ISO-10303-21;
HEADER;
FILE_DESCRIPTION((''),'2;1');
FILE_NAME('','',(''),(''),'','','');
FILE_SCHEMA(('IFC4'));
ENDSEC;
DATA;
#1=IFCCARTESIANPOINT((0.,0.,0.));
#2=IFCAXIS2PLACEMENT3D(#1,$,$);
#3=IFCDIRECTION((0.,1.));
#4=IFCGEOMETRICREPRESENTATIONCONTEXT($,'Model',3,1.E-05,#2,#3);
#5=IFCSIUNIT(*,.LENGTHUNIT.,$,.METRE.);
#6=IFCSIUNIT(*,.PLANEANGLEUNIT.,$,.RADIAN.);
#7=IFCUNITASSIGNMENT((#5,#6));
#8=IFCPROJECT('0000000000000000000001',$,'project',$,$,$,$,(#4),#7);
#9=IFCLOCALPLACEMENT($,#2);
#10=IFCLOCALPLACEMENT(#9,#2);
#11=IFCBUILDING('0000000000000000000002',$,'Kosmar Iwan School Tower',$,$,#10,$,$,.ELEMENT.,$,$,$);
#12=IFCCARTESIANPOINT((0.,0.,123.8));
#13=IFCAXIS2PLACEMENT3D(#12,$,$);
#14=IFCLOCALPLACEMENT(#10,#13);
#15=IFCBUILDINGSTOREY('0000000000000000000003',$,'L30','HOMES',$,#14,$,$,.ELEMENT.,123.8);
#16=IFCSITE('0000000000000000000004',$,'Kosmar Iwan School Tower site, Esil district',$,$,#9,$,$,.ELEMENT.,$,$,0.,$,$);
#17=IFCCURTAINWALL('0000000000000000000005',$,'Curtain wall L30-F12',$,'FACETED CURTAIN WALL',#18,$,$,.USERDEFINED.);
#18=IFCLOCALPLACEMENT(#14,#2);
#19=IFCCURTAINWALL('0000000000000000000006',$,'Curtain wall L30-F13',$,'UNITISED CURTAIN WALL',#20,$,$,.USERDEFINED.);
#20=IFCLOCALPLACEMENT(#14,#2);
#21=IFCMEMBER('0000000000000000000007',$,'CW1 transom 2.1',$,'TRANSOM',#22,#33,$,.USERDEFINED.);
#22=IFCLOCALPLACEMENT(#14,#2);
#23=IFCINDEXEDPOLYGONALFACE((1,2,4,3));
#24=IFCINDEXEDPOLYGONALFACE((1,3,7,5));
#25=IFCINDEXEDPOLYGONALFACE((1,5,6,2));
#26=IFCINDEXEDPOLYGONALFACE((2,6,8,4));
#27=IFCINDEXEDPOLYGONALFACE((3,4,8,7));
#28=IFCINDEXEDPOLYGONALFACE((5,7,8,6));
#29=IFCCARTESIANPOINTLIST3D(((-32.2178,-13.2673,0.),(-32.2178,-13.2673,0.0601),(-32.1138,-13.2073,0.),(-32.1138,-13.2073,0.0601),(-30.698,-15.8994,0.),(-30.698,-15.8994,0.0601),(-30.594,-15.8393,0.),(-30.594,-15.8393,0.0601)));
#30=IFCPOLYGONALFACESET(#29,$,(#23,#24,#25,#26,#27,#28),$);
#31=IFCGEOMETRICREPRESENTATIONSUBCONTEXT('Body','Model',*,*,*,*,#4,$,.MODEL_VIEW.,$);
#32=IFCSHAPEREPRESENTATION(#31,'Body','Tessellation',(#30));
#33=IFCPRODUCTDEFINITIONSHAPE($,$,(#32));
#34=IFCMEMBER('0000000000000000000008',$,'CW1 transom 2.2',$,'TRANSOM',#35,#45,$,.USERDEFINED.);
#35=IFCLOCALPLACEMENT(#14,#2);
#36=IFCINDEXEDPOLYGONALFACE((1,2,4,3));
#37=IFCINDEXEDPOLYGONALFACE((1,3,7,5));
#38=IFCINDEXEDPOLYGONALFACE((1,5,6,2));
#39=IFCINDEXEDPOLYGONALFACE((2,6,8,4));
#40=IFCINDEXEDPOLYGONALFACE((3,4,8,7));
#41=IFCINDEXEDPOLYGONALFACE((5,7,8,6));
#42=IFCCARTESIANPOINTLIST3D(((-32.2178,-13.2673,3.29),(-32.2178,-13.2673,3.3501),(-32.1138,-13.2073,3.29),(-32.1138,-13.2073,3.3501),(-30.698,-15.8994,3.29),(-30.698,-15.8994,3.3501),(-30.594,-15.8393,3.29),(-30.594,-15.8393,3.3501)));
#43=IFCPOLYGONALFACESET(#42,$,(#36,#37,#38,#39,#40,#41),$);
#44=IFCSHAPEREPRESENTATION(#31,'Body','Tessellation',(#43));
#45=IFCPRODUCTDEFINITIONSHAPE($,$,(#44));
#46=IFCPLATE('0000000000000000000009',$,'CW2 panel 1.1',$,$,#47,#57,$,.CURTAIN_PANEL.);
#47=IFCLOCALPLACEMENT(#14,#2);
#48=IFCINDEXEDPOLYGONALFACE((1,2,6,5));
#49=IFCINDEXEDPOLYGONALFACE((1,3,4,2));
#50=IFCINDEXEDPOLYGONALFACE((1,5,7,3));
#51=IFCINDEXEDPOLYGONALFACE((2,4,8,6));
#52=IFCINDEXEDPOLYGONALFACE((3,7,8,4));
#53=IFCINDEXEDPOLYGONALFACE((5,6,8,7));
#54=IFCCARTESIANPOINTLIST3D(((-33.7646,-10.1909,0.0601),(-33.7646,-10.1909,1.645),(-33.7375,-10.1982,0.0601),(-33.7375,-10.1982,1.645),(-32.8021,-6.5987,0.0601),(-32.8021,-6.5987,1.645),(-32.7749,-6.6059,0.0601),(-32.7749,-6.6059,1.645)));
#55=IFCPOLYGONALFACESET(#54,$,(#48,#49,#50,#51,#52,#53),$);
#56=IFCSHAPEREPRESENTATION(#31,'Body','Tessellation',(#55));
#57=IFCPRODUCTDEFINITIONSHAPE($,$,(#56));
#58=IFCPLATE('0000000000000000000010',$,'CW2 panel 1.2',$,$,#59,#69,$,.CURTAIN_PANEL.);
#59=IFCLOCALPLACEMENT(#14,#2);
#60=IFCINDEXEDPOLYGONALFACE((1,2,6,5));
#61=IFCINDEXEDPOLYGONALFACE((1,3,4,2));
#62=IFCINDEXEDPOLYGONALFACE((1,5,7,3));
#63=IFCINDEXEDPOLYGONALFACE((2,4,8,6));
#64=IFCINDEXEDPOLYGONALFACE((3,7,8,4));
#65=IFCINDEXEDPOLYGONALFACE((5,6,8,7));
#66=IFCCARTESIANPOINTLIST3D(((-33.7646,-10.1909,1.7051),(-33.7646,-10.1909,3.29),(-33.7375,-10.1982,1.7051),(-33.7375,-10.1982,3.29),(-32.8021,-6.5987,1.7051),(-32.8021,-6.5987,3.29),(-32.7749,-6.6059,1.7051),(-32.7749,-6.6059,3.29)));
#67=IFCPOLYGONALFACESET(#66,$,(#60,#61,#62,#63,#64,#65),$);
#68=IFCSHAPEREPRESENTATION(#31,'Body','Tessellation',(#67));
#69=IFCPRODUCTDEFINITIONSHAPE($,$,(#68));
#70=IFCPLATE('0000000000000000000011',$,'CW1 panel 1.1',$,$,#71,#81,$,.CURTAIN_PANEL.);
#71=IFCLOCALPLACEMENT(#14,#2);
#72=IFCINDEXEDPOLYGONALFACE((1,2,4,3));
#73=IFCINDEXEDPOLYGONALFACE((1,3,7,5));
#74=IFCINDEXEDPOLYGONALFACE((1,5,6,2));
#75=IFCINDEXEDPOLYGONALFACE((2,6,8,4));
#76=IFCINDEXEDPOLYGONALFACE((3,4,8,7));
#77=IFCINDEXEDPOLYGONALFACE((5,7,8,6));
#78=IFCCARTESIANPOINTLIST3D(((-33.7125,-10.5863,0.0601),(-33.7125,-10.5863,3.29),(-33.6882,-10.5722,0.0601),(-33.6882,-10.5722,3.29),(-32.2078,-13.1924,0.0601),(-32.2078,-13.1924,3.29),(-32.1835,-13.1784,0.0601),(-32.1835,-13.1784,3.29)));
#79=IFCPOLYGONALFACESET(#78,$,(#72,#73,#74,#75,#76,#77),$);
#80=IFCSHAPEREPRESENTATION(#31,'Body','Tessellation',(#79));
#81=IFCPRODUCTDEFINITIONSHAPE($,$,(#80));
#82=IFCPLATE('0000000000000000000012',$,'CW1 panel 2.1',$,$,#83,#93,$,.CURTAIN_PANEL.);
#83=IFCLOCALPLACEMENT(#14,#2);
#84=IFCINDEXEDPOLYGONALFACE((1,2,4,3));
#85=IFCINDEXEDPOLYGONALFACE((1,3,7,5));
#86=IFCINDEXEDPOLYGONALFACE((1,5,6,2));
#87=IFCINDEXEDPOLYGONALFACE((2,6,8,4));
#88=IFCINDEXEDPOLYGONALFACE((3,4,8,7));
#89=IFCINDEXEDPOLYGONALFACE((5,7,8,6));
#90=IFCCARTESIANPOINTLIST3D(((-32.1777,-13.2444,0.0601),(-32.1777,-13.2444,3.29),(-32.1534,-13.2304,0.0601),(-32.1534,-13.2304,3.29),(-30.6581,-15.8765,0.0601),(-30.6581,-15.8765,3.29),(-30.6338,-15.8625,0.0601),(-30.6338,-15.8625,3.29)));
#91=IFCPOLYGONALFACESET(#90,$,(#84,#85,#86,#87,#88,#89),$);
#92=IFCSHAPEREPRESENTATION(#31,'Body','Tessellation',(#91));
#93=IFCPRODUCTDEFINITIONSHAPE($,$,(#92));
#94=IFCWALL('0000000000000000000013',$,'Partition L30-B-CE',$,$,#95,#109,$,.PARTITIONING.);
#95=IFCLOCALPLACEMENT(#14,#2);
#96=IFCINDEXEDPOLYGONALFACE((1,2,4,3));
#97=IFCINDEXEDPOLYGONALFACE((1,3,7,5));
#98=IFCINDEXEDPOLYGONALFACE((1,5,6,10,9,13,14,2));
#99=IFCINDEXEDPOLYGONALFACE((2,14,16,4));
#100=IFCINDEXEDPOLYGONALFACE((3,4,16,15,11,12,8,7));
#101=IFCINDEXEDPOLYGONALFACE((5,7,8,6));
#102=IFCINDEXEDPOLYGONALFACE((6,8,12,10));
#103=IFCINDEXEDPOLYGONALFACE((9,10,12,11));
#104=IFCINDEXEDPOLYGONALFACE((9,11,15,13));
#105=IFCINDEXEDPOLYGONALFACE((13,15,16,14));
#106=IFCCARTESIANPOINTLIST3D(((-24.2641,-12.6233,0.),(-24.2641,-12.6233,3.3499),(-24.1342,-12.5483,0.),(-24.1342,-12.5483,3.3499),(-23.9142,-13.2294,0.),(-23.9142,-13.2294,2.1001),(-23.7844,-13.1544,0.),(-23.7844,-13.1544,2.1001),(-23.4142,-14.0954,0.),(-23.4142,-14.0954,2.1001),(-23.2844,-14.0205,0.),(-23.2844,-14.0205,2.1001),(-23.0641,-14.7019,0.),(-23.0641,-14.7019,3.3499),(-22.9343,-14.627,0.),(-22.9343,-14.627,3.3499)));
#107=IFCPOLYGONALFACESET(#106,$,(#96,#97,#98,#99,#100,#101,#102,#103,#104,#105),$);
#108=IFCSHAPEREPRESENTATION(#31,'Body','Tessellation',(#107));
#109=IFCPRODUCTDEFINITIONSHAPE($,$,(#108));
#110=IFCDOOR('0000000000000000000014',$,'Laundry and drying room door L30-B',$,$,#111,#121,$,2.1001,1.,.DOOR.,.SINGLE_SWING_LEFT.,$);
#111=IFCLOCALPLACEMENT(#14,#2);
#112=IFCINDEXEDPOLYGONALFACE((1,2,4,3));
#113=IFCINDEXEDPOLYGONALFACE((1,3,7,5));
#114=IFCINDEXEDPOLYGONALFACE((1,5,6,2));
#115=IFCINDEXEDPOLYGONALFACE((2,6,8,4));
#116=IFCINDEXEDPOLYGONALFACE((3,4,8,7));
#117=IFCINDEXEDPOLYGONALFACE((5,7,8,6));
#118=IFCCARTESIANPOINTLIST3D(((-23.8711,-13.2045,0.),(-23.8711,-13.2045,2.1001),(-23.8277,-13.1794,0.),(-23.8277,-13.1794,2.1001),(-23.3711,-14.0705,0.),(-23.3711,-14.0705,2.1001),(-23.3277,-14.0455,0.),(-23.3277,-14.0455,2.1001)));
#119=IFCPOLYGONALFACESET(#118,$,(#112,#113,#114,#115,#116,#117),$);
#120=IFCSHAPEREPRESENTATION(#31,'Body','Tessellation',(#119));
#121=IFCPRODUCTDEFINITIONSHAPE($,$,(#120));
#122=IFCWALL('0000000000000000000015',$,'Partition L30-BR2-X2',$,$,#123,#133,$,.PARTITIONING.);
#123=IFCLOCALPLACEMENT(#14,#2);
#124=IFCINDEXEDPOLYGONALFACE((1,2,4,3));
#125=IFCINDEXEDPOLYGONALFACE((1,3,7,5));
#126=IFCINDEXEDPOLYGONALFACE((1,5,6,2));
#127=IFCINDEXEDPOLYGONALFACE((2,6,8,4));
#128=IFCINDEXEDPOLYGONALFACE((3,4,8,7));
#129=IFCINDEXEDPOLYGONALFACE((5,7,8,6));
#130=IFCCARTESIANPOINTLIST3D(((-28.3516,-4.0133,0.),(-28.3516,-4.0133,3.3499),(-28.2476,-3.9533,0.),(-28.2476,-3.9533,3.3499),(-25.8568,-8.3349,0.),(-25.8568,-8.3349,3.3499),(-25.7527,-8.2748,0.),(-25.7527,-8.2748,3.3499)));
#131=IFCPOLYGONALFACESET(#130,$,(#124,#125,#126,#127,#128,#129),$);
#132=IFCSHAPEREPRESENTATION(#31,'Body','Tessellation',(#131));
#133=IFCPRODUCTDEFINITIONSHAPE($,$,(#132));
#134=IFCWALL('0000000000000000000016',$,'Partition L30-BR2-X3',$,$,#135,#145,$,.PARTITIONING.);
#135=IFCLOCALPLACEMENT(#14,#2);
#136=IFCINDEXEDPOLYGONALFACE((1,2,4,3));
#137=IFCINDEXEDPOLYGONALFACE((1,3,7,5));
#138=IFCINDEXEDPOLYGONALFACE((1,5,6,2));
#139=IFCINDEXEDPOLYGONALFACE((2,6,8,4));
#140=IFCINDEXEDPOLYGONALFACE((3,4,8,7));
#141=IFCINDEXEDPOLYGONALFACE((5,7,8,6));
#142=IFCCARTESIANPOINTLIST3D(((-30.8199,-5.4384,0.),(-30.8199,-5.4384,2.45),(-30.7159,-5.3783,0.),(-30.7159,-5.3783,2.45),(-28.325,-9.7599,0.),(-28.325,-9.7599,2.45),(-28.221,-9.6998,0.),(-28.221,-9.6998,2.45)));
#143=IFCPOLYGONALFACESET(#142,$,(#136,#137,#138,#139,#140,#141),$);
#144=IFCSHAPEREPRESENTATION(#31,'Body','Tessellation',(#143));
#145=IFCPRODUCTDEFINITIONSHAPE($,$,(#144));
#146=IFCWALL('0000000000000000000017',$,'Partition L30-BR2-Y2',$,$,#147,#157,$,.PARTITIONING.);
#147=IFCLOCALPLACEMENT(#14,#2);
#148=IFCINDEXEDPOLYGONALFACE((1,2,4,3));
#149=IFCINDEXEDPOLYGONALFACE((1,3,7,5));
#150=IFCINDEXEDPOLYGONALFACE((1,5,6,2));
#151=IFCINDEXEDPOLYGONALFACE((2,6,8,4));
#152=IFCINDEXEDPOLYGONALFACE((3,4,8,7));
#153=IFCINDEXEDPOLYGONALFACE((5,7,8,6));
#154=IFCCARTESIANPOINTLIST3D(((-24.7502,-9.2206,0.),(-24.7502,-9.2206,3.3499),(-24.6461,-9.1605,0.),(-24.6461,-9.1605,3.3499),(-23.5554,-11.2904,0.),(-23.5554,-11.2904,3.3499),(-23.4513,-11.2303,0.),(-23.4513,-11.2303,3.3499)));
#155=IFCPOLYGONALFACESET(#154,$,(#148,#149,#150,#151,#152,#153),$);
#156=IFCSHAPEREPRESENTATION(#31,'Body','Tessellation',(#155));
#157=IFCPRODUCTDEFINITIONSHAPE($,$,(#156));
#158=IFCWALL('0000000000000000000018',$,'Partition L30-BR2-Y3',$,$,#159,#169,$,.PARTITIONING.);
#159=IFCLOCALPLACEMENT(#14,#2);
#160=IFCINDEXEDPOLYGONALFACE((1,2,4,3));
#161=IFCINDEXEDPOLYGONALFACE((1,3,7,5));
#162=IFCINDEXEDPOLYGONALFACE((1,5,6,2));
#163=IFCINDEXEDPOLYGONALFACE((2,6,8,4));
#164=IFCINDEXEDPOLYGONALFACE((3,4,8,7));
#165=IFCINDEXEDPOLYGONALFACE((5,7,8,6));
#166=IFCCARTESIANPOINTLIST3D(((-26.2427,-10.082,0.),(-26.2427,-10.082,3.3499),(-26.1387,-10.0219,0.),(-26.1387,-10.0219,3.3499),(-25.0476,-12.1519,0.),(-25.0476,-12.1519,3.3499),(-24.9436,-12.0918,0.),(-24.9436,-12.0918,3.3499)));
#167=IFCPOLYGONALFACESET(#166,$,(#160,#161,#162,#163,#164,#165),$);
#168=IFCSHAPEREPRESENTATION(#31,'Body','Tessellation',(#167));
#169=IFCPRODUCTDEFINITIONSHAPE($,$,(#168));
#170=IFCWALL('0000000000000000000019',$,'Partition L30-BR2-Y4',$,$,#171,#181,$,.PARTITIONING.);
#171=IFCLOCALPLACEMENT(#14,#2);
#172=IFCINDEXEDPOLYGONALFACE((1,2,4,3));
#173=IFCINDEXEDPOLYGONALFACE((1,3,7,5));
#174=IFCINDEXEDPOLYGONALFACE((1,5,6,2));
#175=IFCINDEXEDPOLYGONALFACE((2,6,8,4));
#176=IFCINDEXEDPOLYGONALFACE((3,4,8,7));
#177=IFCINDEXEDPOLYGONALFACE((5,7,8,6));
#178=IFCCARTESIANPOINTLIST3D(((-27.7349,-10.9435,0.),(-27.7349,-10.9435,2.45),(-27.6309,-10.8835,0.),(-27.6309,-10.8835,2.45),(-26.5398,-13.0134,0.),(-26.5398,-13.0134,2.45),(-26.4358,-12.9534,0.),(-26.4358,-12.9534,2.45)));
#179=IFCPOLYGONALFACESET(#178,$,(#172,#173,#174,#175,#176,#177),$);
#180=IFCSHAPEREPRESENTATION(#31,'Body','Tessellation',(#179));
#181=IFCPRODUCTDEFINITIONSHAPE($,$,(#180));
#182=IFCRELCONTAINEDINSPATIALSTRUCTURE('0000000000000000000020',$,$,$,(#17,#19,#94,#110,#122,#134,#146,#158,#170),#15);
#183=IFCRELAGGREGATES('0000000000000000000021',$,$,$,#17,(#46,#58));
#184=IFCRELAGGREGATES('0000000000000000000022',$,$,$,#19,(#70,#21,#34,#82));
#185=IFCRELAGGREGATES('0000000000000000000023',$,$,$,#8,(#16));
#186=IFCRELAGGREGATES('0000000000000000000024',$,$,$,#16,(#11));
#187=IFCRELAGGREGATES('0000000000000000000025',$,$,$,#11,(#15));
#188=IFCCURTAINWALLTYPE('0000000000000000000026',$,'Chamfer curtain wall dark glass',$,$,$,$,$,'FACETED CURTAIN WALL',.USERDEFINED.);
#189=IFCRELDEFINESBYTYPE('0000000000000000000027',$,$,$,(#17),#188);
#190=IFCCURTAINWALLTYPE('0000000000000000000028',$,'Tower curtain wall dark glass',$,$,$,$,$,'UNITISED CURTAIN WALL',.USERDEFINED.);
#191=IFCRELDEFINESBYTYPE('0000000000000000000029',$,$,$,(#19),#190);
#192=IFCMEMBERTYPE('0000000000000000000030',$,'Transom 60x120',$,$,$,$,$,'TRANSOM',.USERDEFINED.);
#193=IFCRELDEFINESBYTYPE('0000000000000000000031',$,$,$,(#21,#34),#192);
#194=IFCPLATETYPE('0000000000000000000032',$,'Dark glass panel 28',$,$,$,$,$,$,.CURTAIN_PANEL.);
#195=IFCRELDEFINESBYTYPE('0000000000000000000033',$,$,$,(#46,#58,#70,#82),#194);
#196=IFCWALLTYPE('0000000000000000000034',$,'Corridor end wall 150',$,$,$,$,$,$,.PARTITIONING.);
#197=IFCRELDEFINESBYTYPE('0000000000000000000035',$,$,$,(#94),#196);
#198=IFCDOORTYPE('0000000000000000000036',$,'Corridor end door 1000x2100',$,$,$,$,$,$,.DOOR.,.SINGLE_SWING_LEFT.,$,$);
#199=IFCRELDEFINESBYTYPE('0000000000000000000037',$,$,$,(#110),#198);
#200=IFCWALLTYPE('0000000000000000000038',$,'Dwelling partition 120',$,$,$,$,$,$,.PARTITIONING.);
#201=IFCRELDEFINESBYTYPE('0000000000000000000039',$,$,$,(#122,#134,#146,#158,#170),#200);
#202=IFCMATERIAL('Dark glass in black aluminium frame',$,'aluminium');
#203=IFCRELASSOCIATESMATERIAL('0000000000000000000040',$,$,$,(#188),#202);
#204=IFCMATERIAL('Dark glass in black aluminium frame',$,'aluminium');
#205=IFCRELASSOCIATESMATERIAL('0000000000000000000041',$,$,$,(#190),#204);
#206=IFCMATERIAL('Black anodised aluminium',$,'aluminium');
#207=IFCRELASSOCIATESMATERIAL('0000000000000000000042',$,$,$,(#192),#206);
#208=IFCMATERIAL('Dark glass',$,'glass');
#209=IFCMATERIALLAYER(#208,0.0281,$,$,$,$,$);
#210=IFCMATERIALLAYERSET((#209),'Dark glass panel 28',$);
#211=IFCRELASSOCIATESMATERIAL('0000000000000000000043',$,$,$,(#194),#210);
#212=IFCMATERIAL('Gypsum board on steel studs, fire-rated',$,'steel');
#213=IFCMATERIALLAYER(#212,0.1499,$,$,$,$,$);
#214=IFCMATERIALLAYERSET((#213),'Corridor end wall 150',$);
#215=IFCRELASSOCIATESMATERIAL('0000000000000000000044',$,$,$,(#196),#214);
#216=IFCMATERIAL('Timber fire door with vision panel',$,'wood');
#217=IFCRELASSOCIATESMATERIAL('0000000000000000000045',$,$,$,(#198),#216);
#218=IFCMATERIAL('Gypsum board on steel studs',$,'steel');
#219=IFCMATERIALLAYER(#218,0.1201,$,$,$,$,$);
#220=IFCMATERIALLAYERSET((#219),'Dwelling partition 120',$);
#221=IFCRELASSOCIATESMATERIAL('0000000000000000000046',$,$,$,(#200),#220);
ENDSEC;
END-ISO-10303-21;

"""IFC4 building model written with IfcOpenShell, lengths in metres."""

from ifc_helpers import new_model, si_unit, direction, frame, frame_2d, origin, origin_2d, place, context, subcontext, project, spatial, rectangle, extrude, material, layer, layer_set, material_profile, profile_set, type_object, element, fill, aggregate, save


model = new_model("IFC4")

# Units and contexts
model_context = context("Model", 3, precision=1e-05, world=origin(), true_north=direction((0.0, 1.0)))
body_context = subcontext(model_context, "Body", "Model", "MODEL_VIEW")
ifc_project = project(units=[si_unit("LENGTHUNIT", "METRE"), si_unit("PLANEANGLEUNIT", "RADIAN")], contexts=[model_context])

# Site, building, storey
site_placement = place(None, origin())
site = spatial("IfcSite", under=ifc_project, at=site_placement, Name="Kosmar Iwan School Tower site, Esil district", CompositionType="ELEMENT", RefElevation=0.0)
building_placement = place(site_placement, origin())
building = spatial("IfcBuilding", under=site, at=building_placement, Name="Kosmar Iwan School Tower", CompositionType="ELEMENT")
storey_placement = place(building_placement, frame((0.0, 0.0, 123.8)))
storey = spatial("IfcBuildingStorey", under=building, at=storey_placement, Name="L30", Description="HOMES", CompositionType="ELEMENT", Elevation=123.8)

# Curtain wall
ifc_material_1 = material(Name="Dark glass in black aluminium frame", Category="aluminium")
curtain_wall_type_1 = type_object("IfcCurtainWallType", Name="Chamfer curtain wall dark glass", ElementType="FACETED CURTAIN WALL", PredefinedType="USERDEFINED", material=ifc_material_1)
curtain_wall_1_placement = place(storey_placement, origin())
curtain_wall_1 = element("IfcCurtainWall", 1, at=curtain_wall_1_placement, inside=storey, type_object=curtain_wall_type_1, Name="Curtain wall L30-F12", ObjectType="FACETED CURTAIN WALL", PredefinedType="USERDEFINED")

# Curtain wall
ifc_material_2 = material(Name="Dark glass in black aluminium frame", Category="aluminium")
curtain_wall_type_2 = type_object("IfcCurtainWallType", Name="Tower curtain wall dark glass", ElementType="UNITISED CURTAIN WALL", PredefinedType="USERDEFINED", material=ifc_material_2)
curtain_wall_2_placement = place(storey_placement, origin())
curtain_wall_2 = element("IfcCurtainWall", 2, at=curtain_wall_2_placement, inside=storey, type_object=curtain_wall_type_2, Name="Curtain wall L30-F13", ObjectType="UNITISED CURTAIN WALL", PredefinedType="USERDEFINED")

# Members
ifc_material_3 = material(Name="Black anodised aluminium", Category="aluminium")
ifc_material_profile_1 = material_profile(ifc_material_3, rectangle(XDim=0.1201, YDim=0.0601, at=origin_2d()), Name="TRANSOM 60x120")
ifc_profile_set_1 = profile_set([ifc_material_profile_1], Name="Black anodised aluminium")
member_type_1 = type_object("IfcMemberType", Name="Transom 60x120", ElementType="TRANSOM", PredefinedType="USERDEFINED", material=ifc_profile_set_1)
member_1_placement = place(storey_placement, frame((-32.1658, -13.2373, 0.03), z_axis=(0.500035, -0.866005, 0.0), x_axis=(0.866005, 0.500035, 0.0)))
member_1 = element("IfcMember", 3, at=member_1_placement, type_object=member_type_1, Name="CW1 transom 2.1", ObjectType="TRANSOM", PredefinedType="USERDEFINED", context=body_context, shape_type="SweptSolid", body=[
    extrude(rectangle(XDim=0.1201, YDim=0.0601, at=origin_2d()), origin(), (0.0, 0.0, 1.0), 3.0393),
])
member_2_placement = place(storey_placement, frame((-32.1658, -13.2373, 3.3201), z_axis=(0.500035, -0.866005, 0.0), x_axis=(0.866005, 0.500035, 0.0)))
member_2 = element("IfcMember", 4, at=member_2_placement, type_object=member_type_1, Name="CW1 transom 2.2", ObjectType="TRANSOM", PredefinedType="USERDEFINED", context=body_context, shape_type="SweptSolid", body=[
    extrude(rectangle(XDim=0.1201, YDim=0.0601, at=origin_2d()), origin(), (0.0, 0.0, 1.0), 3.0393),
])

# Plates
ifc_material_4 = material(Name="Dark glass", Category="glass")
ifc_layer_1 = layer(ifc_material_4, 0.0281)
ifc_layer_set_1 = layer_set([ifc_layer_1], Name="Dark glass panel 28")
plate_type = type_object("IfcPlateType", Name="Dark glass panel 28", PredefinedType="CURTAIN_PANEL", material=ifc_layer_set_1)
plate_1_placement = place(storey_placement, frame((-33.2698, -8.3984, 0.0601), z_axis=(0.0, 0.0, 1.0), x_axis=(-0.258819, -0.965926, 0.0)))
plate_1 = element("IfcPlate", 5, at=plate_1_placement, type_object=plate_type, Name="CW2 panel 1.1", PredefinedType="CURTAIN_PANEL", context=body_context, shape_type="SweptSolid", body=[
    extrude(rectangle(XDim=3.719, YDim=0.0281, at=origin_2d()), origin(), (0.0, 0.0, 1.0), 1.585),
])
plate_2_placement = place(storey_placement, frame((-33.2698, -8.3984, 1.7051), z_axis=(0.0, 0.0, 1.0), x_axis=(-0.258819, -0.965926, 0.0)))
plate_2 = element("IfcPlate", 6, at=plate_2_placement, type_object=plate_type, Name="CW2 panel 1.2", PredefinedType="CURTAIN_PANEL", context=body_context, shape_type="SweptSolid", body=[
    extrude(rectangle(XDim=3.719, YDim=0.0281, at=origin_2d()), origin(), (0.0, 0.0, 1.0), 1.585),
])
aggregate(curtain_wall_1, [plate_1, plate_2])
plate_3_placement = place(storey_placement, frame((-32.948, -11.8823, 0.0601), z_axis=(0.0, 0.0, 1.0), x_axis=(0.5, -0.866025, 0.0)))
plate_3 = element("IfcPlate", 7, at=plate_3_placement, type_object=plate_type, Name="CW1 panel 1.1", PredefinedType="CURTAIN_PANEL", context=body_context, shape_type="SweptSolid", body=[
    extrude(rectangle(XDim=3.0093, YDim=0.0281, at=origin_2d()), origin(), (0.0, 0.0, 1.0), 3.23),
])
plate_4_placement = place(storey_placement, frame((-31.4058, -14.5535, 0.0601), z_axis=(0.0, 0.0, 1.0), x_axis=(0.5, -0.866025, 0.0)))
plate_4 = element("IfcPlate", 8, at=plate_4_placement, type_object=plate_type, Name="CW1 panel 2.1", PredefinedType="CURTAIN_PANEL", context=body_context, shape_type="SweptSolid", body=[
    extrude(rectangle(XDim=3.0393, YDim=0.0281, at=origin_2d()), origin(), (0.0, 0.0, 1.0), 3.23),
])
aggregate(curtain_wall_2, [plate_3, member_1, member_2, plate_4])

# Wall, opening, door
ifc_material_5 = material(Name="Gypsum board on steel studs, fire-rated", Category="steel")
ifc_layer_2 = layer(ifc_material_5, 0.1499)
ifc_layer_set_2 = layer_set([ifc_layer_2], Name="Corridor end wall 150")
wall_type_1 = type_object("IfcWallType", Name="Corridor end wall 150", PredefinedType="PARTITIONING", material=ifc_layer_set_2)
wall_1_placement = place(storey_placement, frame((-24.1992, -12.5857, 0.0), z_axis=(0.0, 0.0, 1.0), x_axis=(0.499957, -0.86605, 0.0)))
wall_1 = element("IfcWall", 9, at=wall_1_placement, inside=storey, type_object=wall_type_1, Name="Partition L30-B-CE", PredefinedType="PARTITIONING", context=body_context, shape_type="SweptSolid", body=[
    extrude(rectangle(XDim=2.4001, YDim=0.1499, at=frame_2d((1.2002, 0.0))), origin(), (0.0, 0.0, 1.0), 3.3499),
])
opening_placement = place(wall_1_placement, frame((0.7, 0.0, 0.0)))
opening = element("IfcOpeningElement", 10, at=opening_placement, cuts=wall_1, PredefinedType="OPENING", context=body_context, shape_type="SweptSolid", body=[
    extrude(rectangle(XDim=1.0, YDim=2.1001, at=frame_2d((0.5, 1.05))), frame((0.0, 0.0869, 0.0), z_axis=(0.0, -1.0, 0.0), x_axis=(1.0, 0.0, 0.0)), (0.0, 0.0, 1.0), 0.1738),
])
ifc_material_6 = material(Name="Timber fire door with vision panel", Category="wood")
door_type = type_object("IfcDoorType", Name="Corridor end door 1000x2100", OperationType="SINGLE_SWING_LEFT", PredefinedType="DOOR", material=ifc_material_6)
door_placement = place(opening_placement, origin())
door = element("IfcDoor", 11, at=door_placement, inside=storey, type_object=door_type, Name="Laundry and drying room door L30-B", OperationType="SINGLE_SWING_LEFT", OverallHeight=2.1001, OverallWidth=1.0, PredefinedType="DOOR", context=body_context, shape_type="SweptSolid", body=[
    extrude(rectangle(XDim=1.0, YDim=2.1001, at=frame_2d((0.5, 1.05))), frame((0.0, 0.0249, 0.0), z_axis=(0.0, -1.0, 0.0), x_axis=(1.0, 0.0, 0.0)), (0.0, 0.0, 1.0), 0.05),
])
fill(opening, door)

# Walls
ifc_material_7 = material(Name="Gypsum board on steel studs", Category="steel")
ifc_layer_3 = layer(ifc_material_7, 0.1201)
ifc_layer_set_3 = layer_set([ifc_layer_3], Name="Dwelling partition 120")
wall_type_2 = type_object("IfcWallType", Name="Dwelling partition 120", PredefinedType="PARTITIONING", material=ifc_layer_set_3)
wall_2_placement = place(storey_placement, frame((-25.8047, -8.3049, 0.0), z_axis=(0.0, 0.0, 1.0), x_axis=(-0.499975, 0.86604, 0.0)))
element("IfcWall", 12, at=wall_2_placement, inside=storey, type_object=wall_type_2, Name="Partition L30-BR2-X2", PredefinedType="PARTITIONING", context=body_context, shape_type="SweptSolid", body=[
    extrude(rectangle(XDim=4.99, YDim=0.1201, at=frame_2d((2.4951, 0.0))), origin(), (0.0, 0.0, 1.0), 3.3499),
])
wall_3_placement = place(storey_placement, frame((-28.2729, -9.73, 0.0), z_axis=(0.0, 0.0, 1.0), x_axis=(-0.499975, 0.86604, 0.0)))
element("IfcWall", 13, at=wall_3_placement, inside=storey, type_object=wall_type_2, Name="Partition L30-BR2-X3", PredefinedType="PARTITIONING", context=body_context, shape_type="SweptSolid", body=[
    extrude(rectangle(XDim=4.99, YDim=0.1201, at=frame_2d((2.4951, 0.0))), origin(), (0.0, 0.0, 1.0), 2.45),
])
wall_4_placement = place(storey_placement, frame((-23.5034, -11.2603, 0.0), z_axis=(0.0, 0.0, 1.0), x_axis=(-0.499941, 0.86606, 0.0)))
element("IfcWall", 14, at=wall_4_placement, inside=storey, type_object=wall_type_2, Name="Partition L30-BR2-Y2", PredefinedType="PARTITIONING", context=body_context, shape_type="SweptSolid", body=[
    extrude(rectangle(XDim=2.3899, YDim=0.1201, at=frame_2d((1.1948, 0.0))), origin(), (0.0, 0.0, 1.0), 3.3499),
])
wall_5_placement = place(storey_placement, frame((-24.9956, -12.1218, 0.0), z_axis=(0.0, 0.0, 1.0), x_axis=(-0.500017, 0.866015, 0.0)))
element("IfcWall", 15, at=wall_5_placement, inside=storey, type_object=wall_type_2, Name="Partition L30-BR2-Y3", PredefinedType="PARTITIONING", context=body_context, shape_type="SweptSolid", body=[
    extrude(rectangle(XDim=2.3901, YDim=0.1201, at=frame_2d((1.1951, 0.0))), origin(), (0.0, 0.0, 1.0), 3.3499),
])
wall_6_placement = place(storey_placement, frame((-26.4878, -12.9834, 0.0), z_axis=(0.0, 0.0, 1.0), x_axis=(-0.500017, 0.866015, 0.0)))
element("IfcWall", 16, at=wall_6_placement, inside=storey, type_object=wall_type_2, Name="Partition L30-BR2-Y4", PredefinedType="PARTITIONING", context=body_context, shape_type="SweptSolid", body=[
    extrude(rectangle(XDim=2.3901, YDim=0.1201, at=frame_2d((1.1951, 0.0))), origin(), (0.0, 0.0, 1.0), 2.45),
])

save(model, "model.ifc")
